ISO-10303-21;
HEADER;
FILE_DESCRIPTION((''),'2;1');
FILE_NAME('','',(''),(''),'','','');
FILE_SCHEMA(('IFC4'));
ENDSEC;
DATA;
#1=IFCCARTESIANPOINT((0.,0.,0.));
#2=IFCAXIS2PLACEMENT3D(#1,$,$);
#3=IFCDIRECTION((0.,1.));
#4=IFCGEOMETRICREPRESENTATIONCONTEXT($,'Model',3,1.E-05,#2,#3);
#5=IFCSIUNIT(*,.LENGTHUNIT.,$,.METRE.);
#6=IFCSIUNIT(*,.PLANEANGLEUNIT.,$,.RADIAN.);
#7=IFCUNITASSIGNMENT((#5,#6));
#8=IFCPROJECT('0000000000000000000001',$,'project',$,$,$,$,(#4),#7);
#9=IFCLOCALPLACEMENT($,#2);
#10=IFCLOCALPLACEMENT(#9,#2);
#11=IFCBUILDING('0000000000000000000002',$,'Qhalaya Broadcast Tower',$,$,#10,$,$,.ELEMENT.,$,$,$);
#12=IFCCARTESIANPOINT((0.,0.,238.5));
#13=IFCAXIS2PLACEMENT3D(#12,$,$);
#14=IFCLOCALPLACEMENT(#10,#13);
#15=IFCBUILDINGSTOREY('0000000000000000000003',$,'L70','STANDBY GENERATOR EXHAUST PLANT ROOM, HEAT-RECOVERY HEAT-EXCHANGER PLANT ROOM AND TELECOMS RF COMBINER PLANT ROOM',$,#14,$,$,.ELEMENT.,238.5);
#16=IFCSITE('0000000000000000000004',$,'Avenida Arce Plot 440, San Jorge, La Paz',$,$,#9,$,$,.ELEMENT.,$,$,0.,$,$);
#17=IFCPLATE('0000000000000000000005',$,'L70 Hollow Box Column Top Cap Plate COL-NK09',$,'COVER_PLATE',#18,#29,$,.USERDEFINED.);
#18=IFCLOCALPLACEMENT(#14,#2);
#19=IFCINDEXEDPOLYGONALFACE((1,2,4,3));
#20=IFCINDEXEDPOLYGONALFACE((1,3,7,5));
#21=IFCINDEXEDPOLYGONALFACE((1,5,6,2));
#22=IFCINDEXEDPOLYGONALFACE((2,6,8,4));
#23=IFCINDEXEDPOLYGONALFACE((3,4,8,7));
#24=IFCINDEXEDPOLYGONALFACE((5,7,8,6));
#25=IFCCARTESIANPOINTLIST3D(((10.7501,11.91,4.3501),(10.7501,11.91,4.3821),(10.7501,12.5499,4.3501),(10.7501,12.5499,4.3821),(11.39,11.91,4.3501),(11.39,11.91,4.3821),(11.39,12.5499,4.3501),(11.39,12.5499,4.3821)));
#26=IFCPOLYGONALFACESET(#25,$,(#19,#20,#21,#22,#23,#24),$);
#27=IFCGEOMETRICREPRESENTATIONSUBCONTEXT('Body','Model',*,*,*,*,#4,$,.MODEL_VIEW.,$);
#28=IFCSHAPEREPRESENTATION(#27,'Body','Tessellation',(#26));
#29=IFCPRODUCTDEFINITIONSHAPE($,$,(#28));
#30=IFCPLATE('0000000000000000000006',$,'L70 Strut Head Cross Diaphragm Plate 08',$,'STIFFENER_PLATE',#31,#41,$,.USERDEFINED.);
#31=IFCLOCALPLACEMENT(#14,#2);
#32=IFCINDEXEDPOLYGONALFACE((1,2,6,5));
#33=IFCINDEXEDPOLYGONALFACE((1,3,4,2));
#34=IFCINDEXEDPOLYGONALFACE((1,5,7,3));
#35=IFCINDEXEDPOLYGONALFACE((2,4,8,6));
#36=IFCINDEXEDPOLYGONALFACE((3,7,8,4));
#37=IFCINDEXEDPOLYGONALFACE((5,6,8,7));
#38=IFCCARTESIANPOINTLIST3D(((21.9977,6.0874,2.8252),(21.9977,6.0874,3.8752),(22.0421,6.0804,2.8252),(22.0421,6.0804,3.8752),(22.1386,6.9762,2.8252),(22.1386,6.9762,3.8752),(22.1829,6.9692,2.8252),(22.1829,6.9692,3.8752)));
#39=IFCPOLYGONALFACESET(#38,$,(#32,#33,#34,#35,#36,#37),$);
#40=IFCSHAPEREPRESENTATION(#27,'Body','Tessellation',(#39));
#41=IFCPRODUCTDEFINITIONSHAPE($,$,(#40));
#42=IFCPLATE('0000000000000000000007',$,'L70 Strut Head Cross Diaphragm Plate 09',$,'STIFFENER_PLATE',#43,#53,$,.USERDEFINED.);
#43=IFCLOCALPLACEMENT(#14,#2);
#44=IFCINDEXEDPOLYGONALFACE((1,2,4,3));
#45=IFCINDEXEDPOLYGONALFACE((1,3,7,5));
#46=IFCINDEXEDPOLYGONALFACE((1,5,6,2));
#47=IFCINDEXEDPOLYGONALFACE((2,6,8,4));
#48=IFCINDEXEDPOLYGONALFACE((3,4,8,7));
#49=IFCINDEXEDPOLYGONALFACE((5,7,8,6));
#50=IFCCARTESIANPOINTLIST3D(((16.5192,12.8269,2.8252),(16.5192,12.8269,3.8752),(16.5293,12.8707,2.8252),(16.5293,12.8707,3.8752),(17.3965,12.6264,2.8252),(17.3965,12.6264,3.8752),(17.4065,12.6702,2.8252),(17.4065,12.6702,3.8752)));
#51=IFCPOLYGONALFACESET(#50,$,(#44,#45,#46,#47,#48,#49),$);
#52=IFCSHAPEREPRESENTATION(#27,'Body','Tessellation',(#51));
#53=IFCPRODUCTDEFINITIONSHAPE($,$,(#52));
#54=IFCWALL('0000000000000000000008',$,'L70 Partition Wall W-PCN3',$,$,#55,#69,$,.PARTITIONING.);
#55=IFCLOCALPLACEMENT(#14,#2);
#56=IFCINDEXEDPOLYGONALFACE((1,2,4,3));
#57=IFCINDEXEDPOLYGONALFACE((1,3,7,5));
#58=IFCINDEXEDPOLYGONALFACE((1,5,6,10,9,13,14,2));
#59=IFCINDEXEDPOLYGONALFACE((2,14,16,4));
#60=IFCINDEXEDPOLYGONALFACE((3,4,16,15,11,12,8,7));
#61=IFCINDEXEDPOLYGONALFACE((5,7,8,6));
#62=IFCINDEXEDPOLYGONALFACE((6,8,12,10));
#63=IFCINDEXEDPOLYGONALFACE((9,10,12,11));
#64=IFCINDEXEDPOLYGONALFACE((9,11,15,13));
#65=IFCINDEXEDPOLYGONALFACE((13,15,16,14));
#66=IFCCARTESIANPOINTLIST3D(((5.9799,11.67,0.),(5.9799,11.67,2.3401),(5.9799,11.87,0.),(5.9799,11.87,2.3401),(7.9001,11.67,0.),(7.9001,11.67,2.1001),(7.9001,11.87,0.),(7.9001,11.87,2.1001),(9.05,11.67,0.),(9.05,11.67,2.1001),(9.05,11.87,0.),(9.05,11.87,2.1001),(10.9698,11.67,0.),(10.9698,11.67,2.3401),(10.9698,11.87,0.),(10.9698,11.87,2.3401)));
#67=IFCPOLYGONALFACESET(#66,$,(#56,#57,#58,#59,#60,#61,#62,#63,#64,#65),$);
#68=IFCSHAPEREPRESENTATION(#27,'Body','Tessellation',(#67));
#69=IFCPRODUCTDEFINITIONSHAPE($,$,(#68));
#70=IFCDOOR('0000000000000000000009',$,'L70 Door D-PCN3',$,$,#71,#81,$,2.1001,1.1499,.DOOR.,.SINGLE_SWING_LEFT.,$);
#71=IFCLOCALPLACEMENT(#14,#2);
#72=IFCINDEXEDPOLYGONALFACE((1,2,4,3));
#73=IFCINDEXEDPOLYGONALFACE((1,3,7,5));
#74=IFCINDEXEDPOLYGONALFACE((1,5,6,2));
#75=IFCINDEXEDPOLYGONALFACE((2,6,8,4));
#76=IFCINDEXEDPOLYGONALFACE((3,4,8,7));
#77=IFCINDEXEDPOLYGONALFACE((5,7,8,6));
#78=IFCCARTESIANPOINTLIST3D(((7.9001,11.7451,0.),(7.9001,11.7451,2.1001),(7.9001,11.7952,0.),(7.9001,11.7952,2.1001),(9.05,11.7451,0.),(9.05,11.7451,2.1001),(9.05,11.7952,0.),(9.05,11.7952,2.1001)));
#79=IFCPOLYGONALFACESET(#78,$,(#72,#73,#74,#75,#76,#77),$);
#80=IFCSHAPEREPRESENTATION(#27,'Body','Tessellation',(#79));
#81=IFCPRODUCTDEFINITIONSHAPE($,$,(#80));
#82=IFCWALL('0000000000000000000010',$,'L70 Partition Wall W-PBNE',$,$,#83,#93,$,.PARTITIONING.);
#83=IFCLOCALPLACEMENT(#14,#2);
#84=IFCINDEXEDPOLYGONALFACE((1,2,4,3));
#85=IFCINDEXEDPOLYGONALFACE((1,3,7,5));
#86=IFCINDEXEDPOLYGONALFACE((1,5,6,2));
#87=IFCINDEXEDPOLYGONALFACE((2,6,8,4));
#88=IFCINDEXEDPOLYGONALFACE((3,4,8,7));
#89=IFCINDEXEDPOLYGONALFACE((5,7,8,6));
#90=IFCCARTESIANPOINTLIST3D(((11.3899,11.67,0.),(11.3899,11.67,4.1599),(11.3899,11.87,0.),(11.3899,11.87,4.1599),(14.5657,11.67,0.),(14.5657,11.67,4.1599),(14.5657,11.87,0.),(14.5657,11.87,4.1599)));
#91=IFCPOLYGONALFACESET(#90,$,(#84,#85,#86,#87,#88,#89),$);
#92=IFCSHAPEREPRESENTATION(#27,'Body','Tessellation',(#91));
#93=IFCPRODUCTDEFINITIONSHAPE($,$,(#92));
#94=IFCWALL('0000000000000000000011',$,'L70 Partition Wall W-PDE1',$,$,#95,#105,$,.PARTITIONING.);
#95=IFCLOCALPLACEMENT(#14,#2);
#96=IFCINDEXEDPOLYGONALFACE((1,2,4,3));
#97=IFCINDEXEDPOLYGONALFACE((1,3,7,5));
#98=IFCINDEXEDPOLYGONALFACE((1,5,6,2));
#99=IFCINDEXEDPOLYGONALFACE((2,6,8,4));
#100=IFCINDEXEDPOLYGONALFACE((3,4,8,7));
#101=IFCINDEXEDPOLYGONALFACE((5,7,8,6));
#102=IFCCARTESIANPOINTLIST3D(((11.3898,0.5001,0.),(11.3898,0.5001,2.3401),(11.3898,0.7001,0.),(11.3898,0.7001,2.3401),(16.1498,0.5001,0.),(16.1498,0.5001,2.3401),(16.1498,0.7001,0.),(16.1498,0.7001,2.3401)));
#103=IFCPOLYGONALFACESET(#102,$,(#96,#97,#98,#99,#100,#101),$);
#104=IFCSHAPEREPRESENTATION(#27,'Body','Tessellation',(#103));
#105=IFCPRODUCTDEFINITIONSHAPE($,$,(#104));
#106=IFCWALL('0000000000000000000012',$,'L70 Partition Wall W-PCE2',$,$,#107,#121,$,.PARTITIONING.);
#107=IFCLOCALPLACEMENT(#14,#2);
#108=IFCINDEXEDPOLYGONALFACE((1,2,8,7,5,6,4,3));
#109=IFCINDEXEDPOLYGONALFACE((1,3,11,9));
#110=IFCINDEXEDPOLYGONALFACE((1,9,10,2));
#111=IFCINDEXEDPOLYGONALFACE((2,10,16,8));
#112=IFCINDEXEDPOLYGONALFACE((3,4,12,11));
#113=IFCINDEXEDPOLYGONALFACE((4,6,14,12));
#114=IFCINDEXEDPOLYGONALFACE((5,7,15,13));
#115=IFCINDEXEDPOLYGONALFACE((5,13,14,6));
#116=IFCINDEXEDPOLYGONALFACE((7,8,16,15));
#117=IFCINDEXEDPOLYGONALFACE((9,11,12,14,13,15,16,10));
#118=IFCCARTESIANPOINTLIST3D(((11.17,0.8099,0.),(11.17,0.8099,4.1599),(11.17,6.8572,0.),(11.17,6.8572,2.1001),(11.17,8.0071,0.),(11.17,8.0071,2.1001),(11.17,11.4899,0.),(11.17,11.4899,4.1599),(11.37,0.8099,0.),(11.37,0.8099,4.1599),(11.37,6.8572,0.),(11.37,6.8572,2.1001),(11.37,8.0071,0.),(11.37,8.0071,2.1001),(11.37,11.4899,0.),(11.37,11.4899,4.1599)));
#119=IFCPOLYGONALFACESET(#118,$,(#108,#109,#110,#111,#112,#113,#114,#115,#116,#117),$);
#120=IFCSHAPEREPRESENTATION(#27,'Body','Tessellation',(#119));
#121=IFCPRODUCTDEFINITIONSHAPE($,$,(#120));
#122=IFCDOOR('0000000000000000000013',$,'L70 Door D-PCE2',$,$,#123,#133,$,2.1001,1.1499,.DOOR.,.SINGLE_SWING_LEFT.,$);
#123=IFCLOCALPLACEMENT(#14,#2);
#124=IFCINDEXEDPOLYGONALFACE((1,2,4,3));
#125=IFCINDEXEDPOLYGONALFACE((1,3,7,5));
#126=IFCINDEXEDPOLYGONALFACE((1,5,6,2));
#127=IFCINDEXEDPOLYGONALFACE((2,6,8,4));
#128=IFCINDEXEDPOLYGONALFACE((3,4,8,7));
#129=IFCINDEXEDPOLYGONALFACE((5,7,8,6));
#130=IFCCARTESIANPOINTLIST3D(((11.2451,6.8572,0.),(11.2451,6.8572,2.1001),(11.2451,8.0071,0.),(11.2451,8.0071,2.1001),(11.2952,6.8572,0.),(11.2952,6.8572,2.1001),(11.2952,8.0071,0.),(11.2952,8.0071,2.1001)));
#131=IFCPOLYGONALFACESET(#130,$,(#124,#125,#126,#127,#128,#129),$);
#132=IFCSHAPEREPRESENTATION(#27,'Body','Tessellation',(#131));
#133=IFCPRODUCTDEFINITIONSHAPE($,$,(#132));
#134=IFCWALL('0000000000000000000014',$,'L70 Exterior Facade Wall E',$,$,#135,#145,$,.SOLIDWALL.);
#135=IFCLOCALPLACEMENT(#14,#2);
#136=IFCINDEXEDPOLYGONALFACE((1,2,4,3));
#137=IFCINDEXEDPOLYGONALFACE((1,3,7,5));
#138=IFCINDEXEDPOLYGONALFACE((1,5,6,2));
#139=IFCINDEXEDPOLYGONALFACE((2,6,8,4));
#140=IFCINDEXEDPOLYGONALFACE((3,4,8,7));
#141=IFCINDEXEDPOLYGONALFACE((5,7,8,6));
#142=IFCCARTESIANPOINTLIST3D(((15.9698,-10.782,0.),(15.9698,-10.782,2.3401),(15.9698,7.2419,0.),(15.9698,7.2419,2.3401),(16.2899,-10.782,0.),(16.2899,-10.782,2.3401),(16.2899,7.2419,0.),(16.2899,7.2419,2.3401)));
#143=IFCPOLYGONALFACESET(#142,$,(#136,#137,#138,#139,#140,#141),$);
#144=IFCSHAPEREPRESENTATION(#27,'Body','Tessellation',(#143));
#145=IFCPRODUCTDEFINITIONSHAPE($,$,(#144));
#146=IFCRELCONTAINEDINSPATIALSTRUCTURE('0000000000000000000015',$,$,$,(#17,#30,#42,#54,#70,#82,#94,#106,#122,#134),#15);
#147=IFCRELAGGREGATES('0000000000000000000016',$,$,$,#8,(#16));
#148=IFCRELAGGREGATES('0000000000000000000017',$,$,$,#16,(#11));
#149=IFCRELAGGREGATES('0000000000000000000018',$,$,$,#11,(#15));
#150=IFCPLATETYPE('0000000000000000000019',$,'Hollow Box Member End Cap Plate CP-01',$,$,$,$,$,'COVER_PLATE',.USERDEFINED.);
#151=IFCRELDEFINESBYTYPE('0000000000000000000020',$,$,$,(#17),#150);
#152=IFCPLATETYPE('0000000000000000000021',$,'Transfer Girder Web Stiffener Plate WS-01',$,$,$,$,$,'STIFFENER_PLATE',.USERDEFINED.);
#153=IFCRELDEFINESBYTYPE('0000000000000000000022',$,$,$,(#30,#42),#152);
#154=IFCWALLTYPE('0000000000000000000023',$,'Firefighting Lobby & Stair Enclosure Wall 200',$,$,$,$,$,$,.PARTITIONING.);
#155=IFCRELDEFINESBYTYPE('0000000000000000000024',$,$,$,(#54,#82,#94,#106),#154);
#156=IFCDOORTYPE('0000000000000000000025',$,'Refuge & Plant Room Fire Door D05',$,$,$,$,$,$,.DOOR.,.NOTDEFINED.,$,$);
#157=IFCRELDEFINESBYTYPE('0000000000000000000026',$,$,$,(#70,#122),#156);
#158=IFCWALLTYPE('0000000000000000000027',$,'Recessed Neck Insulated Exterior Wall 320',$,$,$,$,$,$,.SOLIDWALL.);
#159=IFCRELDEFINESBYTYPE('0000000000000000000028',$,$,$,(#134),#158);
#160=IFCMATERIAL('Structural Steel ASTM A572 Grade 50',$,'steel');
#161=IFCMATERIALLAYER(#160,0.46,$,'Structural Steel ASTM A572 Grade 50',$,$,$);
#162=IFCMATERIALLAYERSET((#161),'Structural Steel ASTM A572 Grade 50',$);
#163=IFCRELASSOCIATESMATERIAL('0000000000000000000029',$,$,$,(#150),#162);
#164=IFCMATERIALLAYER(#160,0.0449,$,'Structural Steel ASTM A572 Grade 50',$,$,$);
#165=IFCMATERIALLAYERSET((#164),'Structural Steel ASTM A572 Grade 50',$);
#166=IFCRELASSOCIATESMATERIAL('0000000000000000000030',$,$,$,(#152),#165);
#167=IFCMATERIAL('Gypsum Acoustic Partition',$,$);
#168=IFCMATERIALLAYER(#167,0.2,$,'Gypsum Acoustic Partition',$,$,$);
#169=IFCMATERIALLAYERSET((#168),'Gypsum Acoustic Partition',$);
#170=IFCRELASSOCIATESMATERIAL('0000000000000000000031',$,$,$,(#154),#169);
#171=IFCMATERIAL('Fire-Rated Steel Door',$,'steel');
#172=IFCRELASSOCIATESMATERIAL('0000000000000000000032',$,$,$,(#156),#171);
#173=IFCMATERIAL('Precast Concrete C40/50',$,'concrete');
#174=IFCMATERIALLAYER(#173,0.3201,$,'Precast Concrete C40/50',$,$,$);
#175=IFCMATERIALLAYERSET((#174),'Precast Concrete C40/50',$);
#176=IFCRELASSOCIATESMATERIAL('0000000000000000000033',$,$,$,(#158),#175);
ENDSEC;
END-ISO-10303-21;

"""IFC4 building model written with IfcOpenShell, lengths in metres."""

from ifc_helpers import new_model, si_unit, direction, frame, frame_2d, origin, origin_2d, place, context, subcontext, project, spatial, rectangle, extrude, material, layer, layer_set, type_object, element, fill, save


model = new_model("IFC4")

# Units and contexts
model_context = context("Model", 3, precision=1e-05, world=origin(), true_north=direction((0.0, 1.0)))
body_context = subcontext(model_context, "Body", "Model", "MODEL_VIEW")
ifc_project = project(units=[si_unit("LENGTHUNIT", "METRE"), si_unit("PLANEANGLEUNIT", "RADIAN")], contexts=[model_context])

# Site, building, storey
site_placement = place(None, origin())
site = spatial("IfcSite", under=ifc_project, at=site_placement, Name="Avenida Arce Plot 440, San Jorge, La Paz", CompositionType="ELEMENT", RefElevation=0.0)
building_placement = place(site_placement, origin())
building = spatial("IfcBuilding", under=site, at=building_placement, Name="Qhalaya Broadcast Tower", CompositionType="ELEMENT")
storey_placement = place(building_placement, frame((0.0, 0.0, 238.5)))
storey = spatial("IfcBuildingStorey", under=building, at=storey_placement, Name="L70", Description="STANDBY GENERATOR EXHAUST PLANT ROOM, HEAT-RECOVERY HEAT-EXCHANGER PLANT ROOM AND TELECOMS RF COMBINER PLANT ROOM", CompositionType="ELEMENT", Elevation=238.5)

# Shared definitions
ifc_material_1 = material(Name="Structural Steel ASTM A572 Grade 50", Category="steel")

# Plates
ifc_layer_1 = layer(ifc_material_1, 0.46, Name="Structural Steel ASTM A572 Grade 50")
ifc_layer_set_1 = layer_set([ifc_layer_1], Name="Structural Steel ASTM A572 Grade 50")
plate_type_1 = type_object("IfcPlateType", Name="Hollow Box Member End Cap Plate CP-01", ElementType="COVER_PLATE", PredefinedType="USERDEFINED", material=ifc_layer_set_1)
for number, where, z_axis, x_axis, name in (
    (1, (11.0701, 12.23, 4.3501), (0.0, 0.0, 1.0), (1.0, 0.0, 0.0), "L70 Hollow Box Column Top Cap Plate COL-NK09"),
):
    element("IfcPlate", number, at=place(storey_placement, frame(where, z_axis=z_axis, x_axis=x_axis)), inside=storey, type_object=plate_type_1, Name=name, ObjectType="COVER_PLATE", PredefinedType="USERDEFINED", context=body_context, shape_type="SweptSolid", body=[
        extrude(rectangle(XDim=0.6399, YDim=0.6399, at=origin_2d()), origin(), (0.0, 0.0, 1.0), 0.032),
    ])
ifc_layer_2 = layer(ifc_material_1, 0.0449, Name="Structural Steel ASTM A572 Grade 50")
ifc_layer_set_2 = layer_set([ifc_layer_2], Name="Structural Steel ASTM A572 Grade 50")
plate_type_2 = type_object("IfcPlateType", Name="Transfer Girder Web Stiffener Plate WS-01", ElementType="STIFFENER_PLATE", PredefinedType="USERDEFINED", material=ifc_layer_set_2)
for number, where, z_axis, x_axis, name in (
    (2, (22.0903, 6.5283, 2.8252), (0.0, 0.0, 1.0), (0.156521, 0.987675, 0.0), "L70 Strut Head Cross Diaphragm Plate 08"),
    (3, (16.9629, 12.7485, 2.8252), (0.0, 0.0, 1.0), (-0.974851, 0.222859, 0.0), "L70 Strut Head Cross Diaphragm Plate 09"),
):
    element("IfcPlate", number, at=place(storey_placement, frame(where, z_axis=z_axis, x_axis=x_axis)), inside=storey, type_object=plate_type_2, Name=name, ObjectType="STIFFENER_PLATE", PredefinedType="USERDEFINED", context=body_context, shape_type="SweptSolid", body=[
        extrude(rectangle(XDim=0.8999, YDim=0.0449, at=origin_2d()), origin(), (0.0, 0.0, 1.0), 1.05),
    ])

# Wall, opening, door
ifc_material_2 = material(Name="Gypsum Acoustic Partition")
ifc_layer_3 = layer(ifc_material_2, 0.2, Name="Gypsum Acoustic Partition")
ifc_layer_set_3 = layer_set([ifc_layer_3], Name="Gypsum Acoustic Partition")
wall_type_1 = type_object("IfcWallType", Name="Firefighting Lobby & Stair Enclosure Wall 200", PredefinedType="PARTITIONING", material=ifc_layer_set_3)
wall_1_placement = place(storey_placement, frame((10.97, 11.77, 0.0), z_axis=(0.0, 0.0, 1.0), x_axis=(-1.0, 0.0, 0.0)))
wall_1 = element("IfcWall", 4, at=wall_1_placement, inside=storey, type_object=wall_type_1, Name="L70 Partition Wall W-PCN3", PredefinedType="PARTITIONING", context=body_context, shape_type="SweptSolid", body=[
    extrude(rectangle(XDim=4.99, YDim=0.2, at=frame_2d((2.4951, 0.0))), origin(), (0.0, 0.0, 1.0), 2.3401),
])
opening_1_placement = place(wall_1_placement, frame((1.9199, 0.0, 0.0)))
opening_1 = element("IfcOpeningElement", 5, at=opening_1_placement, cuts=wall_1, PredefinedType="OPENING", context=body_context, shape_type="SweptSolid", body=[
    extrude(rectangle(XDim=1.1499, YDim=2.1001, at=frame_2d((0.575, 1.05))), frame((0.0, 0.1121, 0.0), z_axis=(0.0, -1.0, 0.0), x_axis=(1.0, 0.0, 0.0)), (0.0, 0.0, 1.0), 0.2239),
])
ifc_material_3 = material(Name="Fire-Rated Steel Door", Category="steel")
door_type = type_object("IfcDoorType", Name="Refuge & Plant Room Fire Door D05", OperationType="NOTDEFINED", PredefinedType="DOOR", material=ifc_material_3)
door_1_placement = place(opening_1_placement, origin())
door_1 = element("IfcDoor", 6, at=door_1_placement, inside=storey, type_object=door_type, Name="L70 Door D-PCN3", OperationType="SINGLE_SWING_LEFT", OverallHeight=2.1001, OverallWidth=1.1499, PredefinedType="DOOR", context=body_context, shape_type="SweptSolid", body=[
    extrude(rectangle(XDim=1.1499, YDim=2.1001, at=frame_2d((0.575, 1.05))), frame((0.0, 0.0249, 0.0), z_axis=(0.0, -1.0, 0.0), x_axis=(1.0, 0.0, 0.0)), (0.0, 0.0, 1.0), 0.05),
])
fill(opening_1, door_1)

# Walls
wall_2_placement = place(storey_placement, frame((11.3899, 11.77, 0.0), z_axis=(0.0, 0.0, 1.0), x_axis=(1.0, 0.0, 0.0)))
element("IfcWall", 7, at=wall_2_placement, inside=storey, type_object=wall_type_1, Name="L70 Partition Wall W-PBNE", PredefinedType="PARTITIONING", context=body_context, shape_type="SweptSolid", body=[
    extrude(rectangle(XDim=3.1758, YDim=0.2, at=frame_2d((1.5879, 0.0))), origin(), (0.0, 0.0, 1.0), 4.1599),
])
wall_3_placement = place(storey_placement, frame((11.3899, 0.6001, 0.0), z_axis=(0.0, 0.0, 1.0), x_axis=(1.0, 0.0, 0.0)))
element("IfcWall", 8, at=wall_3_placement, inside=storey, type_object=wall_type_1, Name="L70 Partition Wall W-PDE1", PredefinedType="PARTITIONING", context=body_context, shape_type="SweptSolid", body=[
    extrude(rectangle(XDim=4.76, YDim=0.2, at=frame_2d((2.3799, 0.0))), origin(), (0.0, 0.0, 1.0), 2.3401),
])

# Wall, opening, door
wall_4_placement = place(storey_placement, frame((11.27, 0.8101, 0.0), z_axis=(0.0, 0.0, 1.0), x_axis=(0.0, 1.0, 0.0)))
wall_4 = element("IfcWall", 9, at=wall_4_placement, inside=storey, type_object=wall_type_1, Name="L70 Partition Wall W-PCE2", PredefinedType="PARTITIONING", context=body_context, shape_type="SweptSolid", body=[
    extrude(rectangle(XDim=10.6799, YDim=0.2, at=frame_2d((5.3398, 0.0))), origin(), (0.0, 0.0, 1.0), 4.1599),
])
opening_2_placement = place(wall_4_placement, frame((6.0471, 0.0, 0.0)))
opening_2 = element("IfcOpeningElement", 10, at=opening_2_placement, cuts=wall_4, PredefinedType="OPENING", context=body_context, shape_type="SweptSolid", body=[
    extrude(rectangle(XDim=1.1499, YDim=2.1001, at=frame_2d((0.575, 1.05))), frame((0.0, 0.1121, 0.0), z_axis=(0.0, -1.0, 0.0), x_axis=(1.0, 0.0, 0.0)), (0.0, 0.0, 1.0), 0.2239),
])
door_2_placement = place(opening_2_placement, origin())
door_2 = element("IfcDoor", 11, at=door_2_placement, inside=storey, type_object=door_type, Name="L70 Door D-PCE2", OperationType="SINGLE_SWING_LEFT", OverallHeight=2.1001, OverallWidth=1.1499, PredefinedType="DOOR", context=body_context, shape_type="SweptSolid", body=[
    extrude(rectangle(XDim=1.1499, YDim=2.1001, at=frame_2d((0.575, 1.05))), frame((0.0, 0.0249, 0.0), z_axis=(0.0, -1.0, 0.0), x_axis=(1.0, 0.0, 0.0)), (0.0, 0.0, 1.0), 0.05),
])
fill(opening_2, door_2)

# Wall
ifc_material_4 = material(Name="Precast Concrete C40/50", Category="concrete")
ifc_layer_4 = layer(ifc_material_4, 0.3201, Name="Precast Concrete C40/50")
ifc_layer_set_4 = layer_set([ifc_layer_4], Name="Precast Concrete C40/50")
wall_type_2 = type_object("IfcWallType", Name="Recessed Neck Insulated Exterior Wall 320", PredefinedType="SOLIDWALL", material=ifc_layer_set_4)
wall_5_placement = place(storey_placement, frame((16.1299, 7.2419, 0.0), z_axis=(0.0, 0.0, 1.0), x_axis=(0.0, -1.0, 0.0)))
element("IfcWall", 12, at=wall_5_placement, inside=storey, type_object=wall_type_2, Name="L70 Exterior Facade Wall E", PredefinedType="SOLIDWALL", context=body_context, shape_type="SweptSolid", body=[
    extrude(rectangle(XDim=18.0239, YDim=0.3201, at=frame_2d((9.012, 0.0))), origin(), (0.0, 0.0, 1.0), 2.3401),
])

save(model, "model.ifc")
